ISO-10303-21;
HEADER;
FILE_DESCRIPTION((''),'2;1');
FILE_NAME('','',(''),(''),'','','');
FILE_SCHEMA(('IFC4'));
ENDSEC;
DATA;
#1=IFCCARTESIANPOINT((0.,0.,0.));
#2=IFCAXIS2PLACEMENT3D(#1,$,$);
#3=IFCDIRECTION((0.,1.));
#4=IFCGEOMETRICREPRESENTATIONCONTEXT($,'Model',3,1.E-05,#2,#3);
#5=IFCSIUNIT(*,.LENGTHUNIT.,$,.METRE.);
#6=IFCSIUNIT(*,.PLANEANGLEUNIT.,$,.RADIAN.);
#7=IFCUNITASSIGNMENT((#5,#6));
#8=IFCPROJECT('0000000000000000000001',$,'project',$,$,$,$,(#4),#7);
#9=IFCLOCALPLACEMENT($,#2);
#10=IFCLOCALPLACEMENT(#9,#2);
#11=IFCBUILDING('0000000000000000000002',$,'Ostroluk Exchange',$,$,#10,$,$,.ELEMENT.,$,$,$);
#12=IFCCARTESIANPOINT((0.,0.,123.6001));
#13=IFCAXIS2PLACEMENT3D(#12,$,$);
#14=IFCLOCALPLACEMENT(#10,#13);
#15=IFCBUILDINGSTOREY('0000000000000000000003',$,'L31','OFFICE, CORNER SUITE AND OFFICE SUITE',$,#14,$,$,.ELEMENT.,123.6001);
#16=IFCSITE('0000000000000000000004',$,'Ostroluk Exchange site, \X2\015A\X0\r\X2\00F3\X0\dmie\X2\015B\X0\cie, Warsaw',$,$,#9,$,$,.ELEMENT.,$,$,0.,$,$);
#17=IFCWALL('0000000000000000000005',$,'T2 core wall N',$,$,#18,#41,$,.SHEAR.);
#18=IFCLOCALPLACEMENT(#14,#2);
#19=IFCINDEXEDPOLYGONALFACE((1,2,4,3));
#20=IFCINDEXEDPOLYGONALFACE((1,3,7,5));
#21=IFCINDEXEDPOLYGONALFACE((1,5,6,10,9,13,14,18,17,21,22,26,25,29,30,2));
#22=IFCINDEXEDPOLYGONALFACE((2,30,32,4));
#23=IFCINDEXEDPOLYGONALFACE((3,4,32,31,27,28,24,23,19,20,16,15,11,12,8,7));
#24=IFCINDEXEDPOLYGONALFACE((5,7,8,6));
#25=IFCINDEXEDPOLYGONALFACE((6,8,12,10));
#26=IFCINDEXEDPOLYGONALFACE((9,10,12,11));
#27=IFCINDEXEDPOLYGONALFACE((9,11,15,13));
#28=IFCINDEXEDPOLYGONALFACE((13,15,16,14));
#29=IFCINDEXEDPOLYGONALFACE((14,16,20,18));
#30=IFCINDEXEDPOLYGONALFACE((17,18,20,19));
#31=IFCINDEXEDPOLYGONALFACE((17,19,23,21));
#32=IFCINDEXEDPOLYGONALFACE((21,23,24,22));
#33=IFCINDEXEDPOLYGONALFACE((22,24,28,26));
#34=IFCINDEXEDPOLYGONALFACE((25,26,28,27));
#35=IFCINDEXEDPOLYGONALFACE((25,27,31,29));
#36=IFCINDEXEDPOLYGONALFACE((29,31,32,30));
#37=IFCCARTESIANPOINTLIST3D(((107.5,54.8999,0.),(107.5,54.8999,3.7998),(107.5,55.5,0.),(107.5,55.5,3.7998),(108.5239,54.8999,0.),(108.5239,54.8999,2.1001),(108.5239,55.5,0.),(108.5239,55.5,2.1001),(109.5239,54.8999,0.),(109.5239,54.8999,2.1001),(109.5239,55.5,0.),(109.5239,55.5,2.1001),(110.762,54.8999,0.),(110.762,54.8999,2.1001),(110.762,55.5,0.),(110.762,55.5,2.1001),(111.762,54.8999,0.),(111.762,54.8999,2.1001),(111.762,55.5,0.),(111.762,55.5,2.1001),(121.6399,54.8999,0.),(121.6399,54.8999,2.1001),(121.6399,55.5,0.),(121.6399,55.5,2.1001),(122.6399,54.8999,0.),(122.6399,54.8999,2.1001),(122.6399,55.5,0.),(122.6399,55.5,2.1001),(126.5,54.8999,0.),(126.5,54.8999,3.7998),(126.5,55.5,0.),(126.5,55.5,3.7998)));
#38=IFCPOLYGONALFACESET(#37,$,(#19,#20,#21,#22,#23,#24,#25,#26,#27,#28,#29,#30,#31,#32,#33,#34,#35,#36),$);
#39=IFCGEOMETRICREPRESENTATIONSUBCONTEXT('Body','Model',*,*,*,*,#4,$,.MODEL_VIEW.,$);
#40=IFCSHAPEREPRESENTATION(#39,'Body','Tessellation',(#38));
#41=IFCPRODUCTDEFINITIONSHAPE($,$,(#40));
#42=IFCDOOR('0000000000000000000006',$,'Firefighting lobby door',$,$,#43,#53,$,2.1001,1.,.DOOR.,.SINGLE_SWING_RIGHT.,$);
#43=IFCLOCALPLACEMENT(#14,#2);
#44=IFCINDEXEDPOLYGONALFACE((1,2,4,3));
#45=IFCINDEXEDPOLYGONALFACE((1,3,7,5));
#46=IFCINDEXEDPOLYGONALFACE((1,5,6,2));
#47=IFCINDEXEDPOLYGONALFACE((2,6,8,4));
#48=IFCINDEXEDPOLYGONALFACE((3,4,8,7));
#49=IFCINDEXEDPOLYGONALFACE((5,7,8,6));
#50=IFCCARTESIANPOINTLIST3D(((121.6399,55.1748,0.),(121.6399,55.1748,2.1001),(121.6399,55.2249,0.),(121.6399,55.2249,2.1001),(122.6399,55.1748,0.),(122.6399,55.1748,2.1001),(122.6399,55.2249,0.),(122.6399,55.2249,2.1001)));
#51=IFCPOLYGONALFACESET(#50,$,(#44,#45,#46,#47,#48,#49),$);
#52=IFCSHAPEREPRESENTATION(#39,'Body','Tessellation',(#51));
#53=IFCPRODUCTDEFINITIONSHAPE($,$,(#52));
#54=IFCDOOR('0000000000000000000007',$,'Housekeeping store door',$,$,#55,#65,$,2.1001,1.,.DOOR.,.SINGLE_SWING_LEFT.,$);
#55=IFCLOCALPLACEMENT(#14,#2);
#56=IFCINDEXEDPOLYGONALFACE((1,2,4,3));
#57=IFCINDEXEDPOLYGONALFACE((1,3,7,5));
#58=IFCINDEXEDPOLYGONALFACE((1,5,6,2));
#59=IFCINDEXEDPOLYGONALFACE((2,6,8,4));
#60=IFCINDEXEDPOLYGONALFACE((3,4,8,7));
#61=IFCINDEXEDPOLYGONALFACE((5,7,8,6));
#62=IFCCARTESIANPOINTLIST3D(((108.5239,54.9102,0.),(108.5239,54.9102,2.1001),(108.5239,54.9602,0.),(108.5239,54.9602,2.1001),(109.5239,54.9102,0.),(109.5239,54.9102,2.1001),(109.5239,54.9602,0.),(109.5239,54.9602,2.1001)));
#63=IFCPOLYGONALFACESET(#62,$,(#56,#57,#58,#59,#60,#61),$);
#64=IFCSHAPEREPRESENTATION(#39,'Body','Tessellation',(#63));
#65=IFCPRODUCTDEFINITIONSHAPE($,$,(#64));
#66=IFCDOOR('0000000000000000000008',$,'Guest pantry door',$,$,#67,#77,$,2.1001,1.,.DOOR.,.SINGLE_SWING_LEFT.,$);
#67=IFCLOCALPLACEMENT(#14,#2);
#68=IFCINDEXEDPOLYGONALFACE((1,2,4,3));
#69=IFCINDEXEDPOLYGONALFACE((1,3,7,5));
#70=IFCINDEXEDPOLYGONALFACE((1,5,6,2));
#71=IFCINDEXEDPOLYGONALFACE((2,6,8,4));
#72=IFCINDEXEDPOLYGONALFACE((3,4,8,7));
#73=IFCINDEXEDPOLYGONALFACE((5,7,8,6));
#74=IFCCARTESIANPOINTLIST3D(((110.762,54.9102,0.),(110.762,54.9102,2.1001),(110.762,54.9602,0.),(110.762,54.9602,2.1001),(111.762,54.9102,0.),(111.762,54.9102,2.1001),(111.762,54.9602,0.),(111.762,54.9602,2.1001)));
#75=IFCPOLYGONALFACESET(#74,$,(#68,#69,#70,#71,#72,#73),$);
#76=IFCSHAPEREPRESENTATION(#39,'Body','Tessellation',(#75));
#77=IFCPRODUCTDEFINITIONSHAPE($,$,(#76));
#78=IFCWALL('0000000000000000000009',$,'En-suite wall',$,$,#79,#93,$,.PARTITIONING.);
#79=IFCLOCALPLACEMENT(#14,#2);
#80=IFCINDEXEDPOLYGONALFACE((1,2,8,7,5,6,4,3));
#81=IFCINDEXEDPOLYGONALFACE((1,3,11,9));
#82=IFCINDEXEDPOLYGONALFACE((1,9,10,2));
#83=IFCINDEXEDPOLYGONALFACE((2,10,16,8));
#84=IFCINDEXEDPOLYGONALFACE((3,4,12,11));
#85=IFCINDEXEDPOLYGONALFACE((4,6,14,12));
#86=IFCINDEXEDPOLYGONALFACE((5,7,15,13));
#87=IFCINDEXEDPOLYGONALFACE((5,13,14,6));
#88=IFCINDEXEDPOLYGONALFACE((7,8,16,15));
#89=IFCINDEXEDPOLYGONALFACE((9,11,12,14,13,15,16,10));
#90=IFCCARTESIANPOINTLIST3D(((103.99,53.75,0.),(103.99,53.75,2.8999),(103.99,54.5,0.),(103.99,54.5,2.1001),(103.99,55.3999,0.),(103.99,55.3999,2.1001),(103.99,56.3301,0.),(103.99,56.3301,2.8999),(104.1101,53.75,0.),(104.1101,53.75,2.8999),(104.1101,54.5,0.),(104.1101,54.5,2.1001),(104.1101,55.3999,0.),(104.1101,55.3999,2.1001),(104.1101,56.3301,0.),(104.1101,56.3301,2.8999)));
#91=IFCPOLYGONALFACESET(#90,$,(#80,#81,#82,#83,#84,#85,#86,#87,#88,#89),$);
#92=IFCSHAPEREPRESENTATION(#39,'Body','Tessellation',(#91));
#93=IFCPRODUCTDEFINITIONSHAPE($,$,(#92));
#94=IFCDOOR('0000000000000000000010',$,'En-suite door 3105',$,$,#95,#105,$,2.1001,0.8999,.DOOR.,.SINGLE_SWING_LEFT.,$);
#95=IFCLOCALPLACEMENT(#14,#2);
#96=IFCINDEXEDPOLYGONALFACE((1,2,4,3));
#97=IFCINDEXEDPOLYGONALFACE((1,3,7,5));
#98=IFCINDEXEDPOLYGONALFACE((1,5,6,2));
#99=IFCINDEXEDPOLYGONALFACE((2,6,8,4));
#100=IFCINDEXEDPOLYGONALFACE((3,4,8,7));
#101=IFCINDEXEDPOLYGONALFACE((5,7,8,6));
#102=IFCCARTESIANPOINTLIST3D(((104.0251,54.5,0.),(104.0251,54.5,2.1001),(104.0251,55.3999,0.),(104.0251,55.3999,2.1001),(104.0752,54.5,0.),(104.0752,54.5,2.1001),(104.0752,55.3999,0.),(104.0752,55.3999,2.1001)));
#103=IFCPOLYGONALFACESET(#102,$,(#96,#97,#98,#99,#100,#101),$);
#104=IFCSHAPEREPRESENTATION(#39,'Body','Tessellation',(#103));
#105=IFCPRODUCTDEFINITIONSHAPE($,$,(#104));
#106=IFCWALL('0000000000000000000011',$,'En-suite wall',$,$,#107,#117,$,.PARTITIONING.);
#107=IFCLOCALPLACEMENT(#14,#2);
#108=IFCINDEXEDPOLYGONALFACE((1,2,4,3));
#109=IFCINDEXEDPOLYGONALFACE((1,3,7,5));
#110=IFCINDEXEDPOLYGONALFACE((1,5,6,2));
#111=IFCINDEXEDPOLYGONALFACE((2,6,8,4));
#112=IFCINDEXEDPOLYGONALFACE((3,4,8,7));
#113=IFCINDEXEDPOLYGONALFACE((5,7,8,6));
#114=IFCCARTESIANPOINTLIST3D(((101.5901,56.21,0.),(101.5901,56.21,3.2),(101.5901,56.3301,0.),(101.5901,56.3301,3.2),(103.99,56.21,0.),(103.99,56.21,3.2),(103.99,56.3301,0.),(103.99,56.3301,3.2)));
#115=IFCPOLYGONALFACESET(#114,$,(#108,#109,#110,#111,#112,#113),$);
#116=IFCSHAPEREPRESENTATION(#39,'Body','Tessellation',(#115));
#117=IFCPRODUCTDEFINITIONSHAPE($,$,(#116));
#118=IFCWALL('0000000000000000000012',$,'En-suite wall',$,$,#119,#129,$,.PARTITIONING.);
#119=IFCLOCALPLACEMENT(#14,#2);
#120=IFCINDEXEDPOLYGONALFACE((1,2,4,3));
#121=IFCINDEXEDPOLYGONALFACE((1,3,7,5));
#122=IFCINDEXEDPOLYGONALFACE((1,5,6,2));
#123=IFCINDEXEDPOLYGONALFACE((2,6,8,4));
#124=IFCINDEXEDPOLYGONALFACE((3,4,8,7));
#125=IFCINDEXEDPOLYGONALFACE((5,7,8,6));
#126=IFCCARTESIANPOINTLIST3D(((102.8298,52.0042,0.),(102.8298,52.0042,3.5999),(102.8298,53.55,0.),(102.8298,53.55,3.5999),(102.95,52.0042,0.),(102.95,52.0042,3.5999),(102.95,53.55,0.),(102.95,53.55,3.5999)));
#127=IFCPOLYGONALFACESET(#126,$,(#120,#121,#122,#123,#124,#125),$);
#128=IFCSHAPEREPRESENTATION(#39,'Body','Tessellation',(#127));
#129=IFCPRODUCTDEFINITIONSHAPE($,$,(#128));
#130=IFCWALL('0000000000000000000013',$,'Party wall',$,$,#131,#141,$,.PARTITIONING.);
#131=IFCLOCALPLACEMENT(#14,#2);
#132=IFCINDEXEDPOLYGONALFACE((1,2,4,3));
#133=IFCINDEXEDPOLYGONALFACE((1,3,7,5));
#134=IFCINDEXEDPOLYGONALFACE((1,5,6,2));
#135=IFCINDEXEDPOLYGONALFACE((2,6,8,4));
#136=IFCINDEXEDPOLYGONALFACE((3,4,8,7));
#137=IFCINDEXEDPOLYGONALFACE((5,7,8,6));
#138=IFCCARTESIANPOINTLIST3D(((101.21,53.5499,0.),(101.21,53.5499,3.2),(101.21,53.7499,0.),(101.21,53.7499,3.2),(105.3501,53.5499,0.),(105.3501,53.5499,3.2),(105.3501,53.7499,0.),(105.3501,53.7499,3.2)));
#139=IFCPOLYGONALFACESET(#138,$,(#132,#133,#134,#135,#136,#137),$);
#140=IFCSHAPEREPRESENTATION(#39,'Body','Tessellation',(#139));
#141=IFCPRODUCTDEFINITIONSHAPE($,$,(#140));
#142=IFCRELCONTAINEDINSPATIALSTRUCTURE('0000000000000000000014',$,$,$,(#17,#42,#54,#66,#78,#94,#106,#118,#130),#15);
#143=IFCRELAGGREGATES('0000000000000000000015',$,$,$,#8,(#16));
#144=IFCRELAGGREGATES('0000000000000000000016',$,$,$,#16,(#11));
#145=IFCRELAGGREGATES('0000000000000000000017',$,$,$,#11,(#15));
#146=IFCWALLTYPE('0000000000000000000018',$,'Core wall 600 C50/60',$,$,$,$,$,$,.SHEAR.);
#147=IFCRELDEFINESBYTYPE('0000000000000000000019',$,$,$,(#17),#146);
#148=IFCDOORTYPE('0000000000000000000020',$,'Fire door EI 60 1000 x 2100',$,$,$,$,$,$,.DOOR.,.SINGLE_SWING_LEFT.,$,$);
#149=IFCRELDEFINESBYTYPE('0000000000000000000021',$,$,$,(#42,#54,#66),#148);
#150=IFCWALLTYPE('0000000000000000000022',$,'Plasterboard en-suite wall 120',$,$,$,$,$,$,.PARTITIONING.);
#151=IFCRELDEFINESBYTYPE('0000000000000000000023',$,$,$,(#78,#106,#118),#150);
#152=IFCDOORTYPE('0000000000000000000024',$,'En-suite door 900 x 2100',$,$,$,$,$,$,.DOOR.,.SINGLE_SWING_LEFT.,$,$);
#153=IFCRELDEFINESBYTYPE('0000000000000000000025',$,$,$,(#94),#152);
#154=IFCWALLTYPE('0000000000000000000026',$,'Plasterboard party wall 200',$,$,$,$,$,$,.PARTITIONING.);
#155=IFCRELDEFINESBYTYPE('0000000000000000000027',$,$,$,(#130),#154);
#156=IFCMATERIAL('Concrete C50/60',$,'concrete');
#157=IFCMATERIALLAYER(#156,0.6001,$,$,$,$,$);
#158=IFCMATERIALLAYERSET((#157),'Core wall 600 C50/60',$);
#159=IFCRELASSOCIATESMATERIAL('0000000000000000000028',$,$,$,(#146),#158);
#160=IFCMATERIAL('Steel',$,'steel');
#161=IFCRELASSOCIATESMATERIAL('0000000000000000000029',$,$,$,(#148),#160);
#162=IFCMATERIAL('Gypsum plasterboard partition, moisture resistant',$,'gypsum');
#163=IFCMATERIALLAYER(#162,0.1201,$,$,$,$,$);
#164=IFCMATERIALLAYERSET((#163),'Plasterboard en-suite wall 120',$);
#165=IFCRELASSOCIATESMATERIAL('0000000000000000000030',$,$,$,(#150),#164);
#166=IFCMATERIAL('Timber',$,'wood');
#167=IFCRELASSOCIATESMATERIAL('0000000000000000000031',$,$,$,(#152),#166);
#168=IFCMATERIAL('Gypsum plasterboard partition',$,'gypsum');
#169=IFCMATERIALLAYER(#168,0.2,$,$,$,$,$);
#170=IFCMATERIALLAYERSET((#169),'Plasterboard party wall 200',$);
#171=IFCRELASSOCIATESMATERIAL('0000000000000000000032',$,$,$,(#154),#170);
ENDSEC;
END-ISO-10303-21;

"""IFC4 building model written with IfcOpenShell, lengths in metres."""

from ifc_helpers import new_model, si_unit, direction, frame, frame_2d, origin, place, context, subcontext, project, spatial, rectangle, extrude, material, layer, layer_set, type_object, element, fill, save


model = new_model("IFC4")

# Units and contexts
model_context = context("Model", 3, precision=1e-05, world=origin(), true_north=direction((0.0, 1.0)))
body_context = subcontext(model_context, "Body", "Model", "MODEL_VIEW")
ifc_project = project(units=[si_unit("LENGTHUNIT", "METRE"), si_unit("PLANEANGLEUNIT", "RADIAN")], contexts=[model_context])

# Site, building, storey
site_placement = place(None, origin())
site = spatial("IfcSite", under=ifc_project, at=site_placement, Name="Ostroluk Exchange site, Śródmieście, Warsaw", CompositionType="ELEMENT", RefElevation=0.0)
building_placement = place(site_placement, origin())
building = spatial("IfcBuilding", under=site, at=building_placement, Name="Ostroluk Exchange", CompositionType="ELEMENT")
storey_placement = place(building_placement, frame((0.0, 0.0, 123.6001)))
storey = spatial("IfcBuildingStorey", under=building, at=storey_placement, Name="L31", Description="OFFICE, CORNER SUITE AND OFFICE SUITE", CompositionType="ELEMENT", Elevation=123.6001)

# Wall, openings, doors
ifc_material_1 = material(Name="Concrete C50/60", Category="concrete")
ifc_layer_1 = layer(ifc_material_1, 0.6001)
ifc_layer_set_1 = layer_set([ifc_layer_1], Name="Core wall 600 C50/60")
wall_type_1 = type_object("IfcWallType", Name="Core wall 600 C50/60", PredefinedType="SHEAR", material=ifc_layer_set_1)
wall_1_placement = place(storey_placement, frame((107.5, 55.2, 0.0), z_axis=(0.0, 0.0, 1.0), x_axis=(1.0, 0.0, 0.0)))
wall_1 = element("IfcWall", 1, at=wall_1_placement, inside=storey, type_object=wall_type_1, Name="T2 core wall N", PredefinedType="SHEAR", context=body_context, shape_type="SweptSolid", body=[
    extrude(rectangle(XDim=19.0, YDim=0.6001, at=frame_2d((9.5, 0.0))), origin(), (0.0, 0.0, 1.0), 3.7998),
])
opening_1_placement = place(wall_1_placement, frame((14.1399, 0.0, 0.0)))
opening_1 = element("IfcOpeningElement", 2, at=opening_1_placement, cuts=wall_1, PredefinedType="OPENING", context=body_context, shape_type="SweptSolid", body=[
    extrude(rectangle(XDim=1.0, YDim=2.1001, at=frame_2d((0.5, 1.05))), frame((0.0, 0.3101, 0.0), z_axis=(0.0, -1.0, 0.0), x_axis=(1.0, 0.0, 0.0)), (0.0, 0.0, 1.0), 0.6201),
])
opening_2_placement = place(wall_1_placement, frame((1.0239, 0.0, 0.0)))
opening_2 = element("IfcOpeningElement", 3, at=opening_2_placement, cuts=wall_1, PredefinedType="OPENING", context=body_context, shape_type="SweptSolid", body=[
    extrude(rectangle(XDim=1.0, YDim=2.1001, at=frame_2d((0.5, 1.05))), frame((0.0, 0.3101, 0.0), z_axis=(0.0, -1.0, 0.0), x_axis=(1.0, 0.0, 0.0)), (0.0, 0.0, 1.0), 0.6201),
])
opening_3_placement = place(wall_1_placement, frame((3.262, 0.0, 0.0)))
opening_3 = element("IfcOpeningElement", 4, at=opening_3_placement, cuts=wall_1, PredefinedType="OPENING", context=body_context, shape_type="SweptSolid", body=[
    extrude(rectangle(XDim=1.0, YDim=2.1001, at=frame_2d((0.5, 1.05))), frame((0.0, 0.3101, 0.0), z_axis=(0.0, -1.0, 0.0), x_axis=(1.0, 0.0, 0.0)), (0.0, 0.0, 1.0), 0.6201),
])
ifc_material_2 = material(Name="Steel", Category="steel")
door_type_1 = type_object("IfcDoorType", Name="Fire door EI 60 1000 x 2100", OperationType="SINGLE_SWING_LEFT", PredefinedType="DOOR", material=ifc_material_2)
door_1_placement = place(opening_1_placement, origin())
door_1 = element("IfcDoor", 5, at=door_1_placement, inside=storey, type_object=door_type_1, Name="Firefighting lobby door", OperationType="SINGLE_SWING_RIGHT", OverallHeight=2.1001, OverallWidth=1.0, PredefinedType="DOOR", context=body_context, shape_type="SweptSolid", body=[
    extrude(rectangle(XDim=1.0, YDim=2.1001, at=frame_2d((0.5, 1.05))), frame((0.0, 0.0249, 0.0), z_axis=(0.0, -1.0, 0.0), x_axis=(1.0, 0.0, 0.0)), (0.0, 0.0, 1.0), 0.05),
])
fill(opening_1, door_1)
door_2_placement = place(opening_2_placement, origin())
door_2 = element("IfcDoor", 6, at=door_2_placement, inside=storey, type_object=door_type_1, Name="Housekeeping store door", OperationType="SINGLE_SWING_LEFT", OverallHeight=2.1001, OverallWidth=1.0, PredefinedType="DOOR", context=body_context, shape_type="SweptSolid", body=[
    extrude(rectangle(XDim=1.0, YDim=2.1001, at=frame_2d((0.5, 1.05))), frame((0.0, -0.2397, 0.0), z_axis=(0.0, -1.0, 0.0), x_axis=(1.0, 0.0, 0.0)), (0.0, 0.0, 1.0), 0.05),
])
fill(opening_2, door_2)
door_3_placement = place(opening_3_placement, origin())
door_3 = element("IfcDoor", 7, at=door_3_placement, inside=storey, type_object=door_type_1, Name="Guest pantry door", OperationType="SINGLE_SWING_LEFT", OverallHeight=2.1001, OverallWidth=1.0, PredefinedType="DOOR", context=body_context, shape_type="SweptSolid", body=[
    extrude(rectangle(XDim=1.0, YDim=2.1001, at=frame_2d((0.5, 1.05))), frame((0.0, -0.2397, 0.0), z_axis=(0.0, -1.0, 0.0), x_axis=(1.0, 0.0, 0.0)), (0.0, 0.0, 1.0), 0.05),
])
fill(opening_3, door_3)

# Wall, opening, door
ifc_material_3 = material(Name="Gypsum plasterboard partition, moisture resistant", Category="gypsum")
ifc_layer_2 = layer(ifc_material_3, 0.1201)
ifc_layer_set_2 = layer_set([ifc_layer_2], Name="Plasterboard en-suite wall 120")
wall_type_2 = type_object("IfcWallType", Name="Plasterboard en-suite wall 120", PredefinedType="PARTITIONING", material=ifc_layer_set_2)
wall_2_placement = place(storey_placement, frame((104.05, 53.75, 0.0), z_axis=(0.0, 0.0, 1.0), x_axis=(0.0, 1.0, 0.0)))
wall_2 = element("IfcWall", 8, at=wall_2_placement, inside=storey, type_object=wall_type_2, Name="En-suite wall", PredefinedType="PARTITIONING", context=body_context, shape_type="SweptSolid", body=[
    extrude(rectangle(XDim=2.5801, YDim=0.1201, at=frame_2d((1.29, 0.0))), origin(), (0.0, 0.0, 1.0), 2.8999),
])
opening_4_placement = place(wall_2_placement, frame((0.75, 0.0, 0.0)))
opening_4 = element("IfcOpeningElement", 9, at=opening_4_placement, cuts=wall_2, PredefinedType="OPENING", context=body_context, shape_type="SweptSolid", body=[
    extrude(rectangle(XDim=0.8999, YDim=2.1001, at=frame_2d((0.45, 1.05))), frame((0.0, 0.0701, 0.0), z_axis=(0.0, -1.0, 0.0), x_axis=(1.0, 0.0, 0.0)), (0.0, 0.0, 1.0), 0.1401),
])
ifc_material_4 = material(Name="Timber", Category="wood")
door_type_2 = type_object("IfcDoorType", Name="En-suite door 900 x 2100", OperationType="SINGLE_SWING_LEFT", PredefinedType="DOOR", material=ifc_material_4)
door_4_placement = place(opening_4_placement, origin())
door_4 = element("IfcDoor", 10, at=door_4_placement, inside=storey, type_object=door_type_2, Name="En-suite door 3105", OperationType="SINGLE_SWING_LEFT", OverallHeight=2.1001, OverallWidth=0.8999, PredefinedType="DOOR", context=body_context, shape_type="SweptSolid", body=[
    extrude(rectangle(XDim=0.8999, YDim=2.1001, at=frame_2d((0.45, 1.05))), frame((0.0, 0.0249, 0.0), z_axis=(0.0, -1.0, 0.0), x_axis=(1.0, 0.0, 0.0)), (0.0, 0.0, 1.0), 0.05),
])
fill(opening_4, door_4)

# Walls
wall_3_placement = place(storey_placement, frame((103.99, 56.27, 0.0), z_axis=(0.0, 0.0, 1.0), x_axis=(-1.0, 0.0, 0.0)))
element("IfcWall", 11, at=wall_3_placement, inside=storey, type_object=wall_type_2, Name="En-suite wall", PredefinedType="PARTITIONING", context=body_context, shape_type="SweptSolid", body=[
    extrude(rectangle(XDim=2.3999, YDim=0.1201, at=frame_2d((1.2, 0.0))), origin(), (0.0, 0.0, 1.0), 3.2),
])
wall_4_placement = place(storey_placement, frame((102.8899, 53.55, 0.0), z_axis=(0.0, 0.0, 1.0), x_axis=(0.0, -1.0, 0.0)))
element("IfcWall", 12, at=wall_4_placement, inside=storey, type_object=wall_type_2, Name="En-suite wall", PredefinedType="PARTITIONING", context=body_context, shape_type="SweptSolid", body=[
    extrude(rectangle(XDim=1.5459, YDim=0.1201, at=frame_2d((0.7729, 0.0))), origin(), (0.0, 0.0, 1.0), 3.5999),
])
ifc_material_5 = material(Name="Gypsum plasterboard partition", Category="gypsum")
ifc_layer_3 = layer(ifc_material_5, 0.2)
ifc_layer_set_3 = layer_set([ifc_layer_3], Name="Plasterboard party wall 200")
wall_type_3 = type_object("IfcWallType", Name="Plasterboard party wall 200", PredefinedType="PARTITIONING", material=ifc_layer_set_3)
wall_5_placement = place(storey_placement, frame((105.3501, 53.6499, 0.0), z_axis=(0.0, 0.0, 1.0), x_axis=(-1.0, 0.0, 0.0)))
element("IfcWall", 13, at=wall_5_placement, inside=storey, type_object=wall_type_3, Name="Party wall", PredefinedType="PARTITIONING", context=body_context, shape_type="SweptSolid", body=[
    extrude(rectangle(XDim=4.1401, YDim=0.2, at=frame_2d((2.0701, 0.0))), origin(), (0.0, 0.0, 1.0), 3.2),
])

save(model, "model.ifc")
